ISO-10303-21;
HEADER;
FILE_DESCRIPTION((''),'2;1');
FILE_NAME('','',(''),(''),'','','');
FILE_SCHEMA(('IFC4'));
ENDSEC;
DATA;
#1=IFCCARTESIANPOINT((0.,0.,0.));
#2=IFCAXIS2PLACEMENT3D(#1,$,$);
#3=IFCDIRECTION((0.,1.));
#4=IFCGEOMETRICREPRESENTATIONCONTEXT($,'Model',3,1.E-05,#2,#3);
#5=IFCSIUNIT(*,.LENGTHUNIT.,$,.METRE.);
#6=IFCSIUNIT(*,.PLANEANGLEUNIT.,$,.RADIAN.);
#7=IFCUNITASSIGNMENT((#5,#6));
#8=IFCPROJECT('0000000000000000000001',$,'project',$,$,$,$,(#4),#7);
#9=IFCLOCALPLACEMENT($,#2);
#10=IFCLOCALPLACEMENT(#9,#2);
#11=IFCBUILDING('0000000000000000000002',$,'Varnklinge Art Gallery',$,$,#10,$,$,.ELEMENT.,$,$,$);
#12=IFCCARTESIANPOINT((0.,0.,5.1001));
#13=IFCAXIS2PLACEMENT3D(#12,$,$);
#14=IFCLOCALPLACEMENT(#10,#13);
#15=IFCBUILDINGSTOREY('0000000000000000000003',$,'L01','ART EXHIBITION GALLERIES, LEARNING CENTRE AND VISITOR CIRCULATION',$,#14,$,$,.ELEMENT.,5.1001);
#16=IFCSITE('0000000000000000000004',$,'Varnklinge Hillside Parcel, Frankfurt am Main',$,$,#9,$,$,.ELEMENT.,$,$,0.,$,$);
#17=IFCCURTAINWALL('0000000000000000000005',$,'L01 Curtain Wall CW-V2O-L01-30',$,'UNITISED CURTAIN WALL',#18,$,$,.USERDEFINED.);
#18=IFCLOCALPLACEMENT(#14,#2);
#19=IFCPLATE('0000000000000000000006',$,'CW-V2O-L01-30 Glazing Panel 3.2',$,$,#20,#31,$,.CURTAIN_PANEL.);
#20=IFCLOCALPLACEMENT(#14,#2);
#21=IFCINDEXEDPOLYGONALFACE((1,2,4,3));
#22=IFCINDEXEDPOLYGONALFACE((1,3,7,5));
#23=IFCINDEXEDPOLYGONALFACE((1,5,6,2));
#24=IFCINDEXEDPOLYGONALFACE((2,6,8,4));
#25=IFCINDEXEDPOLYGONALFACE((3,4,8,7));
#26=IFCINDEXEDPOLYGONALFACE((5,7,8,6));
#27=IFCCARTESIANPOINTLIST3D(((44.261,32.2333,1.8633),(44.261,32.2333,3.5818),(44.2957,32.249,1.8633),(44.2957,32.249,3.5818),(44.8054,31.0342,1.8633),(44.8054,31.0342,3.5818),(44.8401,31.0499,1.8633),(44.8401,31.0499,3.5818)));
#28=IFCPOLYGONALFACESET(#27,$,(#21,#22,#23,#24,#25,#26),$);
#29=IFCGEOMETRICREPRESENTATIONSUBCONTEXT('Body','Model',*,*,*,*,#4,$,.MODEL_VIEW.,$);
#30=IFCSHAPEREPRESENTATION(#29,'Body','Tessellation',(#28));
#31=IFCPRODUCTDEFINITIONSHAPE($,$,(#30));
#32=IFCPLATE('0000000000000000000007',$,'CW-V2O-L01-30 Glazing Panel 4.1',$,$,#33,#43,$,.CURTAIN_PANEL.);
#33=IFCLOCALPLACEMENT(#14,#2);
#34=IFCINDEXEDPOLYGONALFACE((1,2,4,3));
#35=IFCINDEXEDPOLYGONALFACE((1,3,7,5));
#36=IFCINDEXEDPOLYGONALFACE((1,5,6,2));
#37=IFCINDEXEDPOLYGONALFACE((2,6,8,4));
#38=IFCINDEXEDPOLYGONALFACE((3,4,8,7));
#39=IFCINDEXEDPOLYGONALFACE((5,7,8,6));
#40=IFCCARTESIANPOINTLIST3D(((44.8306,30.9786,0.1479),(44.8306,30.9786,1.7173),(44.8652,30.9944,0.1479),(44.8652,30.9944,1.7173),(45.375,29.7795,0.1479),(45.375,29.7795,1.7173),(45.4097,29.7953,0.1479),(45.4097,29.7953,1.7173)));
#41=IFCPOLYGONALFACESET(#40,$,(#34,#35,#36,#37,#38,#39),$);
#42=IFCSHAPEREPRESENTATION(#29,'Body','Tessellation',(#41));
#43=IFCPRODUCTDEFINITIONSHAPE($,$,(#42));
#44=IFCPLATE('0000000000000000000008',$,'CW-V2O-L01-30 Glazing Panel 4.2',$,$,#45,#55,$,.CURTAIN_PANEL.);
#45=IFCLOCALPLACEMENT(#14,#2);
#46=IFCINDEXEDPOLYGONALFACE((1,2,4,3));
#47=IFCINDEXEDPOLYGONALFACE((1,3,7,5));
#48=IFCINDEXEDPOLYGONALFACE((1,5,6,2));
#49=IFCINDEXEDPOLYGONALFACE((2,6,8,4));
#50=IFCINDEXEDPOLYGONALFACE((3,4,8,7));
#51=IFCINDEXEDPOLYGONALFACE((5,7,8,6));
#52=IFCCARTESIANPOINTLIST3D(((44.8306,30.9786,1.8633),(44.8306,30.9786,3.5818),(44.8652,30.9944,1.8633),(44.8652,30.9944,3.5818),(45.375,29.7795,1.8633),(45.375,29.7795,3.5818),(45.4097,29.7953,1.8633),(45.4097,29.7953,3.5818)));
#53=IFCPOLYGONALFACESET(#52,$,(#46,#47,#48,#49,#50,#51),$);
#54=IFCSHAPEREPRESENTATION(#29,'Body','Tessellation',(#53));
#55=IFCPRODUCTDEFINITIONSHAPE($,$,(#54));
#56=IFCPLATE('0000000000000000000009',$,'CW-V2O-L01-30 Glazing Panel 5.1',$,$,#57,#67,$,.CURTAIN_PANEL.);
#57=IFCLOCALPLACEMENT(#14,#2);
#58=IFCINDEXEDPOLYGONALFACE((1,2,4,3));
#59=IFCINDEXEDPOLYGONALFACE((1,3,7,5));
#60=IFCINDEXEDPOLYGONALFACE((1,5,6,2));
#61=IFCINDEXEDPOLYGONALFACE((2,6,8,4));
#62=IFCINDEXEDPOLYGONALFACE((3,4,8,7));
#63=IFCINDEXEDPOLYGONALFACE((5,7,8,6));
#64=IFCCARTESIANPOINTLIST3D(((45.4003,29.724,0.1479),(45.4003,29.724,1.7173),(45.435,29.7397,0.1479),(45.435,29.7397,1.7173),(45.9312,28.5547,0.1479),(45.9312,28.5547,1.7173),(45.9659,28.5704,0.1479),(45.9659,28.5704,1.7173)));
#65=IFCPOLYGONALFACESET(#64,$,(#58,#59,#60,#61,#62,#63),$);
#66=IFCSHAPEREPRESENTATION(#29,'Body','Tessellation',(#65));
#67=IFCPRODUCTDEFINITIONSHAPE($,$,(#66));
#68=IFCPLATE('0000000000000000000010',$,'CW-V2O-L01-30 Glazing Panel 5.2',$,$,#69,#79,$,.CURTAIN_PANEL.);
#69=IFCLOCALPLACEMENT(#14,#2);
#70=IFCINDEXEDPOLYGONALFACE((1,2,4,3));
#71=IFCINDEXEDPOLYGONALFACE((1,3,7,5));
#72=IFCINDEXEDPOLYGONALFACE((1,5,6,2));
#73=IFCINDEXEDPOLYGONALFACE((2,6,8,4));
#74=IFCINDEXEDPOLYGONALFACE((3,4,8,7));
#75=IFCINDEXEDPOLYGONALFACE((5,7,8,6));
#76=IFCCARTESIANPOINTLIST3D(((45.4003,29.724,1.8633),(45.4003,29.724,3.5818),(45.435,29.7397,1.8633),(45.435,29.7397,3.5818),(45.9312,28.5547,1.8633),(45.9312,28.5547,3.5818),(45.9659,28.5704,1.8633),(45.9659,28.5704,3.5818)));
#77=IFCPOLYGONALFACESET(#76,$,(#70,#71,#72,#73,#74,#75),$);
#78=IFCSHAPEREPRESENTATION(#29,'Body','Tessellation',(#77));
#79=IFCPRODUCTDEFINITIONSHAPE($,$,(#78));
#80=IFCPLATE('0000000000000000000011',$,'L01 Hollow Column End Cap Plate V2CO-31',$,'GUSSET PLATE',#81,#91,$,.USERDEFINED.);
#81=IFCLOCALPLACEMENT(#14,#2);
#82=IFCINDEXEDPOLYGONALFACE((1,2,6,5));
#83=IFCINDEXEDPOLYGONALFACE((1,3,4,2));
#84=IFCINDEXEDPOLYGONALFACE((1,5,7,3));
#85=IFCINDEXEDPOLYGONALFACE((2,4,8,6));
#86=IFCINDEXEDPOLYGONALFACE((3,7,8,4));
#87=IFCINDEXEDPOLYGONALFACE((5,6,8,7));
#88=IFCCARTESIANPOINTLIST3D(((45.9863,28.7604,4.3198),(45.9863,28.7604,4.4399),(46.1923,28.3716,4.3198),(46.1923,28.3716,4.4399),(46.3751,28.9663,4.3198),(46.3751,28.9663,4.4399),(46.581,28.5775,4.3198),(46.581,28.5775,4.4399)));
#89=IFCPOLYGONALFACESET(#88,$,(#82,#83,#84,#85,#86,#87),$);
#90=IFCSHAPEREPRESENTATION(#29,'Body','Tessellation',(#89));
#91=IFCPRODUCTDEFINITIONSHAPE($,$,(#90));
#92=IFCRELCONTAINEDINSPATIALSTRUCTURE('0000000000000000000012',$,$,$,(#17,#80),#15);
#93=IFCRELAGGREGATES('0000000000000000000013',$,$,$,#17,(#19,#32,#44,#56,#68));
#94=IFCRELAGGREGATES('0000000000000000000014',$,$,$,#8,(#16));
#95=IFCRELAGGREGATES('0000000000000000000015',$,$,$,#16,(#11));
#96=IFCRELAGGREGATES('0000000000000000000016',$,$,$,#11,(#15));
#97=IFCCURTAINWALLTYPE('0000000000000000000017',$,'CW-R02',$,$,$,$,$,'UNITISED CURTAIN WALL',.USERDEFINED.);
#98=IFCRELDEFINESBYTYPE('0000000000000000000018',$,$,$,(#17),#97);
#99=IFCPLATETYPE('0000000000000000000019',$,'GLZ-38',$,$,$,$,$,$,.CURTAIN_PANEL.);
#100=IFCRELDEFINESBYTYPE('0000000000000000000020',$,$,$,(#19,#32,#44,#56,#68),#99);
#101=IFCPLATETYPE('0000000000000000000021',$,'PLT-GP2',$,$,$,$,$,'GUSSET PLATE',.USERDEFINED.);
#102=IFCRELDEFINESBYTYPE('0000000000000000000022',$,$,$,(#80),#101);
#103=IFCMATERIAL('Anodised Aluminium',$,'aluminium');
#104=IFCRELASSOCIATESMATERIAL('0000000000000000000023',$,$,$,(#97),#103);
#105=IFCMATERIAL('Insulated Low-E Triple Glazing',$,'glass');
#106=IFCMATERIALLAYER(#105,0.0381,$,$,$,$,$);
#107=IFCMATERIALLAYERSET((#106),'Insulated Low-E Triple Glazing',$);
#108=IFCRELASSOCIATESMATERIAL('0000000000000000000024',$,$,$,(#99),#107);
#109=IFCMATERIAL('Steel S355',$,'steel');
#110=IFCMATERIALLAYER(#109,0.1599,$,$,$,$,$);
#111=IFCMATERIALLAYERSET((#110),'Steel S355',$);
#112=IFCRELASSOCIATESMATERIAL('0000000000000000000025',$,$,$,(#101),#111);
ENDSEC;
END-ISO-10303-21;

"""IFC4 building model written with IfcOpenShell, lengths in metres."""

from ifc_helpers import new_model, si_unit, direction, frame, origin, origin_2d, place, context, subcontext, project, spatial, rectangle, extrude, material, layer, layer_set, type_object, element, aggregate, save


model = new_model("IFC4")

# Units and contexts
model_context = context("Model", 3, precision=1e-05, world=origin(), true_north=direction((0.0, 1.0)))
body_context = subcontext(model_context, "Body", "Model", "MODEL_VIEW")
ifc_project = project(units=[si_unit("LENGTHUNIT", "METRE"), si_unit("PLANEANGLEUNIT", "RADIAN")], contexts=[model_context])

# Site, building, storey
site_placement = place(None, origin())
site = spatial("IfcSite", under=ifc_project, at=site_placement, Name="Varnklinge Hillside Parcel, Frankfurt am Main", CompositionType="ELEMENT", RefElevation=0.0)
building_placement = place(site_placement, origin())
building = spatial("IfcBuilding", under=site, at=building_placement, Name="Varnklinge Art Gallery", CompositionType="ELEMENT")
storey_placement = place(building_placement, frame((0.0, 0.0, 5.1001)))
storey = spatial("IfcBuildingStorey", under=building, at=storey_placement, Name="L01", Description="ART EXHIBITION GALLERIES, LEARNING CENTRE AND VISITOR CIRCULATION", CompositionType="ELEMENT", Elevation=5.1001)

# Curtain wall
ifc_material_1 = material(Name="Anodised Aluminium", Category="aluminium")
curtain_wall_type = type_object("IfcCurtainWallType", Name="CW-R02", ElementType="UNITISED CURTAIN WALL", PredefinedType="USERDEFINED", material=ifc_material_1)
curtain_wall_placement = place(storey_placement, origin())
curtain_wall = element("IfcCurtainWall", 1, at=curtain_wall_placement, inside=storey, type_object=curtain_wall_type, Name="L01 Curtain Wall CW-V2O-L01-30", ObjectType="UNITISED CURTAIN WALL", PredefinedType="USERDEFINED")

# Plates
ifc_material_2 = material(Name="Insulated Low-E Triple Glazing", Category="glass")
ifc_layer_1 = layer(ifc_material_2, 0.0381)
ifc_layer_set_1 = layer_set([ifc_layer_1], Name="Insulated Low-E Triple Glazing")
plate_type_1 = type_object("IfcPlateType", Name="GLZ-38", PredefinedType="CURTAIN_PANEL", material=ifc_layer_set_1)
plate_1_placement = place(storey_placement, frame((44.5505, 31.6416, 1.8633), z_axis=(0.0, 0.0, 1.0), x_axis=(0.413422, -0.910539, 0.0)))
plate_1 = element("IfcPlate", 2, at=plate_1_placement, type_object=plate_type_1, Name="CW-V2O-L01-30 Glazing Panel 3.2", PredefinedType="CURTAIN_PANEL", context=body_context, shape_type="SweptSolid", body=[
    extrude(rectangle(XDim=1.3169, YDim=0.0381, at=origin_2d()), origin(), (0.0, 0.0, 1.0), 1.7185),
])
plate_2_placement = place(storey_placement, frame((45.1201, 30.387, 0.1479), z_axis=(0.0, 0.0, 1.0), x_axis=(0.413422, -0.910539, 0.0)))
plate_2 = element("IfcPlate", 3, at=plate_2_placement, type_object=plate_type_1, Name="CW-V2O-L01-30 Glazing Panel 4.1", PredefinedType="CURTAIN_PANEL", context=body_context, shape_type="SweptSolid", body=[
    extrude(rectangle(XDim=1.3169, YDim=0.0381, at=origin_2d()), origin(), (0.0, 0.0, 1.0), 1.5693),
])
plate_3_placement = place(storey_placement, frame((45.1201, 30.387, 1.8633), z_axis=(0.0, 0.0, 1.0), x_axis=(0.413422, -0.910539, 0.0)))
plate_3 = element("IfcPlate", 4, at=plate_3_placement, type_object=plate_type_1, Name="CW-V2O-L01-30 Glazing Panel 4.2", PredefinedType="CURTAIN_PANEL", context=body_context, shape_type="SweptSolid", body=[
    extrude(rectangle(XDim=1.3169, YDim=0.0381, at=origin_2d()), origin(), (0.0, 0.0, 1.0), 1.7185),
])
plate_4_placement = place(storey_placement, frame((45.6831, 29.1472, 0.1479), z_axis=(0.0, 0.0, 1.0), x_axis=(0.413422, -0.910539, 0.0)))
plate_4 = element("IfcPlate", 5, at=plate_4_placement, type_object=plate_type_1, Name="CW-V2O-L01-30 Glazing Panel 5.1", PredefinedType="CURTAIN_PANEL", context=body_context, shape_type="SweptSolid", body=[
    extrude(rectangle(XDim=1.2842, YDim=0.0381, at=origin_2d()), origin(), (0.0, 0.0, 1.0), 1.5693),
])
plate_5_placement = place(storey_placement, frame((45.6831, 29.1472, 1.8633), z_axis=(0.0, 0.0, 1.0), x_axis=(0.413422, -0.910539, 0.0)))
plate_5 = element("IfcPlate", 6, at=plate_5_placement, type_object=plate_type_1, Name="CW-V2O-L01-30 Glazing Panel 5.2", PredefinedType="CURTAIN_PANEL", context=body_context, shape_type="SweptSolid", body=[
    extrude(rectangle(XDim=1.2842, YDim=0.0381, at=origin_2d()), origin(), (0.0, 0.0, 1.0), 1.7185),
])
aggregate(curtain_wall, [plate_1, plate_2, plate_3, plate_4, plate_5])
ifc_material_3 = material(Name="Steel S355", Category="steel")
ifc_layer_2 = layer(ifc_material_3, 0.1599)
ifc_layer_set_2 = layer_set([ifc_layer_2], Name="Steel S355")
plate_type_2 = type_object("IfcPlateType", Name="PLT-GP2", ElementType="GUSSET PLATE", PredefinedType="USERDEFINED", material=ifc_layer_set_2)
plate_6_placement = place(storey_placement, frame((46.2837, 28.6689, 4.3198), z_axis=(0.0, 0.0, 1.0), x_axis=(0.883684, 0.468084, 0.0)))
element("IfcPlate", 7, at=plate_6_placement, inside=storey, type_object=plate_type_2, Name="L01 Hollow Column End Cap Plate V2CO-31", ObjectType="GUSSET PLATE", PredefinedType="USERDEFINED", context=body_context, shape_type="SweptSolid", body=[
    extrude(rectangle(XDim=0.4399, YDim=0.4399, at=origin_2d()), origin(), (0.0, 0.0, 1.0), 0.1201),
])

save(model, "model.ifc")
